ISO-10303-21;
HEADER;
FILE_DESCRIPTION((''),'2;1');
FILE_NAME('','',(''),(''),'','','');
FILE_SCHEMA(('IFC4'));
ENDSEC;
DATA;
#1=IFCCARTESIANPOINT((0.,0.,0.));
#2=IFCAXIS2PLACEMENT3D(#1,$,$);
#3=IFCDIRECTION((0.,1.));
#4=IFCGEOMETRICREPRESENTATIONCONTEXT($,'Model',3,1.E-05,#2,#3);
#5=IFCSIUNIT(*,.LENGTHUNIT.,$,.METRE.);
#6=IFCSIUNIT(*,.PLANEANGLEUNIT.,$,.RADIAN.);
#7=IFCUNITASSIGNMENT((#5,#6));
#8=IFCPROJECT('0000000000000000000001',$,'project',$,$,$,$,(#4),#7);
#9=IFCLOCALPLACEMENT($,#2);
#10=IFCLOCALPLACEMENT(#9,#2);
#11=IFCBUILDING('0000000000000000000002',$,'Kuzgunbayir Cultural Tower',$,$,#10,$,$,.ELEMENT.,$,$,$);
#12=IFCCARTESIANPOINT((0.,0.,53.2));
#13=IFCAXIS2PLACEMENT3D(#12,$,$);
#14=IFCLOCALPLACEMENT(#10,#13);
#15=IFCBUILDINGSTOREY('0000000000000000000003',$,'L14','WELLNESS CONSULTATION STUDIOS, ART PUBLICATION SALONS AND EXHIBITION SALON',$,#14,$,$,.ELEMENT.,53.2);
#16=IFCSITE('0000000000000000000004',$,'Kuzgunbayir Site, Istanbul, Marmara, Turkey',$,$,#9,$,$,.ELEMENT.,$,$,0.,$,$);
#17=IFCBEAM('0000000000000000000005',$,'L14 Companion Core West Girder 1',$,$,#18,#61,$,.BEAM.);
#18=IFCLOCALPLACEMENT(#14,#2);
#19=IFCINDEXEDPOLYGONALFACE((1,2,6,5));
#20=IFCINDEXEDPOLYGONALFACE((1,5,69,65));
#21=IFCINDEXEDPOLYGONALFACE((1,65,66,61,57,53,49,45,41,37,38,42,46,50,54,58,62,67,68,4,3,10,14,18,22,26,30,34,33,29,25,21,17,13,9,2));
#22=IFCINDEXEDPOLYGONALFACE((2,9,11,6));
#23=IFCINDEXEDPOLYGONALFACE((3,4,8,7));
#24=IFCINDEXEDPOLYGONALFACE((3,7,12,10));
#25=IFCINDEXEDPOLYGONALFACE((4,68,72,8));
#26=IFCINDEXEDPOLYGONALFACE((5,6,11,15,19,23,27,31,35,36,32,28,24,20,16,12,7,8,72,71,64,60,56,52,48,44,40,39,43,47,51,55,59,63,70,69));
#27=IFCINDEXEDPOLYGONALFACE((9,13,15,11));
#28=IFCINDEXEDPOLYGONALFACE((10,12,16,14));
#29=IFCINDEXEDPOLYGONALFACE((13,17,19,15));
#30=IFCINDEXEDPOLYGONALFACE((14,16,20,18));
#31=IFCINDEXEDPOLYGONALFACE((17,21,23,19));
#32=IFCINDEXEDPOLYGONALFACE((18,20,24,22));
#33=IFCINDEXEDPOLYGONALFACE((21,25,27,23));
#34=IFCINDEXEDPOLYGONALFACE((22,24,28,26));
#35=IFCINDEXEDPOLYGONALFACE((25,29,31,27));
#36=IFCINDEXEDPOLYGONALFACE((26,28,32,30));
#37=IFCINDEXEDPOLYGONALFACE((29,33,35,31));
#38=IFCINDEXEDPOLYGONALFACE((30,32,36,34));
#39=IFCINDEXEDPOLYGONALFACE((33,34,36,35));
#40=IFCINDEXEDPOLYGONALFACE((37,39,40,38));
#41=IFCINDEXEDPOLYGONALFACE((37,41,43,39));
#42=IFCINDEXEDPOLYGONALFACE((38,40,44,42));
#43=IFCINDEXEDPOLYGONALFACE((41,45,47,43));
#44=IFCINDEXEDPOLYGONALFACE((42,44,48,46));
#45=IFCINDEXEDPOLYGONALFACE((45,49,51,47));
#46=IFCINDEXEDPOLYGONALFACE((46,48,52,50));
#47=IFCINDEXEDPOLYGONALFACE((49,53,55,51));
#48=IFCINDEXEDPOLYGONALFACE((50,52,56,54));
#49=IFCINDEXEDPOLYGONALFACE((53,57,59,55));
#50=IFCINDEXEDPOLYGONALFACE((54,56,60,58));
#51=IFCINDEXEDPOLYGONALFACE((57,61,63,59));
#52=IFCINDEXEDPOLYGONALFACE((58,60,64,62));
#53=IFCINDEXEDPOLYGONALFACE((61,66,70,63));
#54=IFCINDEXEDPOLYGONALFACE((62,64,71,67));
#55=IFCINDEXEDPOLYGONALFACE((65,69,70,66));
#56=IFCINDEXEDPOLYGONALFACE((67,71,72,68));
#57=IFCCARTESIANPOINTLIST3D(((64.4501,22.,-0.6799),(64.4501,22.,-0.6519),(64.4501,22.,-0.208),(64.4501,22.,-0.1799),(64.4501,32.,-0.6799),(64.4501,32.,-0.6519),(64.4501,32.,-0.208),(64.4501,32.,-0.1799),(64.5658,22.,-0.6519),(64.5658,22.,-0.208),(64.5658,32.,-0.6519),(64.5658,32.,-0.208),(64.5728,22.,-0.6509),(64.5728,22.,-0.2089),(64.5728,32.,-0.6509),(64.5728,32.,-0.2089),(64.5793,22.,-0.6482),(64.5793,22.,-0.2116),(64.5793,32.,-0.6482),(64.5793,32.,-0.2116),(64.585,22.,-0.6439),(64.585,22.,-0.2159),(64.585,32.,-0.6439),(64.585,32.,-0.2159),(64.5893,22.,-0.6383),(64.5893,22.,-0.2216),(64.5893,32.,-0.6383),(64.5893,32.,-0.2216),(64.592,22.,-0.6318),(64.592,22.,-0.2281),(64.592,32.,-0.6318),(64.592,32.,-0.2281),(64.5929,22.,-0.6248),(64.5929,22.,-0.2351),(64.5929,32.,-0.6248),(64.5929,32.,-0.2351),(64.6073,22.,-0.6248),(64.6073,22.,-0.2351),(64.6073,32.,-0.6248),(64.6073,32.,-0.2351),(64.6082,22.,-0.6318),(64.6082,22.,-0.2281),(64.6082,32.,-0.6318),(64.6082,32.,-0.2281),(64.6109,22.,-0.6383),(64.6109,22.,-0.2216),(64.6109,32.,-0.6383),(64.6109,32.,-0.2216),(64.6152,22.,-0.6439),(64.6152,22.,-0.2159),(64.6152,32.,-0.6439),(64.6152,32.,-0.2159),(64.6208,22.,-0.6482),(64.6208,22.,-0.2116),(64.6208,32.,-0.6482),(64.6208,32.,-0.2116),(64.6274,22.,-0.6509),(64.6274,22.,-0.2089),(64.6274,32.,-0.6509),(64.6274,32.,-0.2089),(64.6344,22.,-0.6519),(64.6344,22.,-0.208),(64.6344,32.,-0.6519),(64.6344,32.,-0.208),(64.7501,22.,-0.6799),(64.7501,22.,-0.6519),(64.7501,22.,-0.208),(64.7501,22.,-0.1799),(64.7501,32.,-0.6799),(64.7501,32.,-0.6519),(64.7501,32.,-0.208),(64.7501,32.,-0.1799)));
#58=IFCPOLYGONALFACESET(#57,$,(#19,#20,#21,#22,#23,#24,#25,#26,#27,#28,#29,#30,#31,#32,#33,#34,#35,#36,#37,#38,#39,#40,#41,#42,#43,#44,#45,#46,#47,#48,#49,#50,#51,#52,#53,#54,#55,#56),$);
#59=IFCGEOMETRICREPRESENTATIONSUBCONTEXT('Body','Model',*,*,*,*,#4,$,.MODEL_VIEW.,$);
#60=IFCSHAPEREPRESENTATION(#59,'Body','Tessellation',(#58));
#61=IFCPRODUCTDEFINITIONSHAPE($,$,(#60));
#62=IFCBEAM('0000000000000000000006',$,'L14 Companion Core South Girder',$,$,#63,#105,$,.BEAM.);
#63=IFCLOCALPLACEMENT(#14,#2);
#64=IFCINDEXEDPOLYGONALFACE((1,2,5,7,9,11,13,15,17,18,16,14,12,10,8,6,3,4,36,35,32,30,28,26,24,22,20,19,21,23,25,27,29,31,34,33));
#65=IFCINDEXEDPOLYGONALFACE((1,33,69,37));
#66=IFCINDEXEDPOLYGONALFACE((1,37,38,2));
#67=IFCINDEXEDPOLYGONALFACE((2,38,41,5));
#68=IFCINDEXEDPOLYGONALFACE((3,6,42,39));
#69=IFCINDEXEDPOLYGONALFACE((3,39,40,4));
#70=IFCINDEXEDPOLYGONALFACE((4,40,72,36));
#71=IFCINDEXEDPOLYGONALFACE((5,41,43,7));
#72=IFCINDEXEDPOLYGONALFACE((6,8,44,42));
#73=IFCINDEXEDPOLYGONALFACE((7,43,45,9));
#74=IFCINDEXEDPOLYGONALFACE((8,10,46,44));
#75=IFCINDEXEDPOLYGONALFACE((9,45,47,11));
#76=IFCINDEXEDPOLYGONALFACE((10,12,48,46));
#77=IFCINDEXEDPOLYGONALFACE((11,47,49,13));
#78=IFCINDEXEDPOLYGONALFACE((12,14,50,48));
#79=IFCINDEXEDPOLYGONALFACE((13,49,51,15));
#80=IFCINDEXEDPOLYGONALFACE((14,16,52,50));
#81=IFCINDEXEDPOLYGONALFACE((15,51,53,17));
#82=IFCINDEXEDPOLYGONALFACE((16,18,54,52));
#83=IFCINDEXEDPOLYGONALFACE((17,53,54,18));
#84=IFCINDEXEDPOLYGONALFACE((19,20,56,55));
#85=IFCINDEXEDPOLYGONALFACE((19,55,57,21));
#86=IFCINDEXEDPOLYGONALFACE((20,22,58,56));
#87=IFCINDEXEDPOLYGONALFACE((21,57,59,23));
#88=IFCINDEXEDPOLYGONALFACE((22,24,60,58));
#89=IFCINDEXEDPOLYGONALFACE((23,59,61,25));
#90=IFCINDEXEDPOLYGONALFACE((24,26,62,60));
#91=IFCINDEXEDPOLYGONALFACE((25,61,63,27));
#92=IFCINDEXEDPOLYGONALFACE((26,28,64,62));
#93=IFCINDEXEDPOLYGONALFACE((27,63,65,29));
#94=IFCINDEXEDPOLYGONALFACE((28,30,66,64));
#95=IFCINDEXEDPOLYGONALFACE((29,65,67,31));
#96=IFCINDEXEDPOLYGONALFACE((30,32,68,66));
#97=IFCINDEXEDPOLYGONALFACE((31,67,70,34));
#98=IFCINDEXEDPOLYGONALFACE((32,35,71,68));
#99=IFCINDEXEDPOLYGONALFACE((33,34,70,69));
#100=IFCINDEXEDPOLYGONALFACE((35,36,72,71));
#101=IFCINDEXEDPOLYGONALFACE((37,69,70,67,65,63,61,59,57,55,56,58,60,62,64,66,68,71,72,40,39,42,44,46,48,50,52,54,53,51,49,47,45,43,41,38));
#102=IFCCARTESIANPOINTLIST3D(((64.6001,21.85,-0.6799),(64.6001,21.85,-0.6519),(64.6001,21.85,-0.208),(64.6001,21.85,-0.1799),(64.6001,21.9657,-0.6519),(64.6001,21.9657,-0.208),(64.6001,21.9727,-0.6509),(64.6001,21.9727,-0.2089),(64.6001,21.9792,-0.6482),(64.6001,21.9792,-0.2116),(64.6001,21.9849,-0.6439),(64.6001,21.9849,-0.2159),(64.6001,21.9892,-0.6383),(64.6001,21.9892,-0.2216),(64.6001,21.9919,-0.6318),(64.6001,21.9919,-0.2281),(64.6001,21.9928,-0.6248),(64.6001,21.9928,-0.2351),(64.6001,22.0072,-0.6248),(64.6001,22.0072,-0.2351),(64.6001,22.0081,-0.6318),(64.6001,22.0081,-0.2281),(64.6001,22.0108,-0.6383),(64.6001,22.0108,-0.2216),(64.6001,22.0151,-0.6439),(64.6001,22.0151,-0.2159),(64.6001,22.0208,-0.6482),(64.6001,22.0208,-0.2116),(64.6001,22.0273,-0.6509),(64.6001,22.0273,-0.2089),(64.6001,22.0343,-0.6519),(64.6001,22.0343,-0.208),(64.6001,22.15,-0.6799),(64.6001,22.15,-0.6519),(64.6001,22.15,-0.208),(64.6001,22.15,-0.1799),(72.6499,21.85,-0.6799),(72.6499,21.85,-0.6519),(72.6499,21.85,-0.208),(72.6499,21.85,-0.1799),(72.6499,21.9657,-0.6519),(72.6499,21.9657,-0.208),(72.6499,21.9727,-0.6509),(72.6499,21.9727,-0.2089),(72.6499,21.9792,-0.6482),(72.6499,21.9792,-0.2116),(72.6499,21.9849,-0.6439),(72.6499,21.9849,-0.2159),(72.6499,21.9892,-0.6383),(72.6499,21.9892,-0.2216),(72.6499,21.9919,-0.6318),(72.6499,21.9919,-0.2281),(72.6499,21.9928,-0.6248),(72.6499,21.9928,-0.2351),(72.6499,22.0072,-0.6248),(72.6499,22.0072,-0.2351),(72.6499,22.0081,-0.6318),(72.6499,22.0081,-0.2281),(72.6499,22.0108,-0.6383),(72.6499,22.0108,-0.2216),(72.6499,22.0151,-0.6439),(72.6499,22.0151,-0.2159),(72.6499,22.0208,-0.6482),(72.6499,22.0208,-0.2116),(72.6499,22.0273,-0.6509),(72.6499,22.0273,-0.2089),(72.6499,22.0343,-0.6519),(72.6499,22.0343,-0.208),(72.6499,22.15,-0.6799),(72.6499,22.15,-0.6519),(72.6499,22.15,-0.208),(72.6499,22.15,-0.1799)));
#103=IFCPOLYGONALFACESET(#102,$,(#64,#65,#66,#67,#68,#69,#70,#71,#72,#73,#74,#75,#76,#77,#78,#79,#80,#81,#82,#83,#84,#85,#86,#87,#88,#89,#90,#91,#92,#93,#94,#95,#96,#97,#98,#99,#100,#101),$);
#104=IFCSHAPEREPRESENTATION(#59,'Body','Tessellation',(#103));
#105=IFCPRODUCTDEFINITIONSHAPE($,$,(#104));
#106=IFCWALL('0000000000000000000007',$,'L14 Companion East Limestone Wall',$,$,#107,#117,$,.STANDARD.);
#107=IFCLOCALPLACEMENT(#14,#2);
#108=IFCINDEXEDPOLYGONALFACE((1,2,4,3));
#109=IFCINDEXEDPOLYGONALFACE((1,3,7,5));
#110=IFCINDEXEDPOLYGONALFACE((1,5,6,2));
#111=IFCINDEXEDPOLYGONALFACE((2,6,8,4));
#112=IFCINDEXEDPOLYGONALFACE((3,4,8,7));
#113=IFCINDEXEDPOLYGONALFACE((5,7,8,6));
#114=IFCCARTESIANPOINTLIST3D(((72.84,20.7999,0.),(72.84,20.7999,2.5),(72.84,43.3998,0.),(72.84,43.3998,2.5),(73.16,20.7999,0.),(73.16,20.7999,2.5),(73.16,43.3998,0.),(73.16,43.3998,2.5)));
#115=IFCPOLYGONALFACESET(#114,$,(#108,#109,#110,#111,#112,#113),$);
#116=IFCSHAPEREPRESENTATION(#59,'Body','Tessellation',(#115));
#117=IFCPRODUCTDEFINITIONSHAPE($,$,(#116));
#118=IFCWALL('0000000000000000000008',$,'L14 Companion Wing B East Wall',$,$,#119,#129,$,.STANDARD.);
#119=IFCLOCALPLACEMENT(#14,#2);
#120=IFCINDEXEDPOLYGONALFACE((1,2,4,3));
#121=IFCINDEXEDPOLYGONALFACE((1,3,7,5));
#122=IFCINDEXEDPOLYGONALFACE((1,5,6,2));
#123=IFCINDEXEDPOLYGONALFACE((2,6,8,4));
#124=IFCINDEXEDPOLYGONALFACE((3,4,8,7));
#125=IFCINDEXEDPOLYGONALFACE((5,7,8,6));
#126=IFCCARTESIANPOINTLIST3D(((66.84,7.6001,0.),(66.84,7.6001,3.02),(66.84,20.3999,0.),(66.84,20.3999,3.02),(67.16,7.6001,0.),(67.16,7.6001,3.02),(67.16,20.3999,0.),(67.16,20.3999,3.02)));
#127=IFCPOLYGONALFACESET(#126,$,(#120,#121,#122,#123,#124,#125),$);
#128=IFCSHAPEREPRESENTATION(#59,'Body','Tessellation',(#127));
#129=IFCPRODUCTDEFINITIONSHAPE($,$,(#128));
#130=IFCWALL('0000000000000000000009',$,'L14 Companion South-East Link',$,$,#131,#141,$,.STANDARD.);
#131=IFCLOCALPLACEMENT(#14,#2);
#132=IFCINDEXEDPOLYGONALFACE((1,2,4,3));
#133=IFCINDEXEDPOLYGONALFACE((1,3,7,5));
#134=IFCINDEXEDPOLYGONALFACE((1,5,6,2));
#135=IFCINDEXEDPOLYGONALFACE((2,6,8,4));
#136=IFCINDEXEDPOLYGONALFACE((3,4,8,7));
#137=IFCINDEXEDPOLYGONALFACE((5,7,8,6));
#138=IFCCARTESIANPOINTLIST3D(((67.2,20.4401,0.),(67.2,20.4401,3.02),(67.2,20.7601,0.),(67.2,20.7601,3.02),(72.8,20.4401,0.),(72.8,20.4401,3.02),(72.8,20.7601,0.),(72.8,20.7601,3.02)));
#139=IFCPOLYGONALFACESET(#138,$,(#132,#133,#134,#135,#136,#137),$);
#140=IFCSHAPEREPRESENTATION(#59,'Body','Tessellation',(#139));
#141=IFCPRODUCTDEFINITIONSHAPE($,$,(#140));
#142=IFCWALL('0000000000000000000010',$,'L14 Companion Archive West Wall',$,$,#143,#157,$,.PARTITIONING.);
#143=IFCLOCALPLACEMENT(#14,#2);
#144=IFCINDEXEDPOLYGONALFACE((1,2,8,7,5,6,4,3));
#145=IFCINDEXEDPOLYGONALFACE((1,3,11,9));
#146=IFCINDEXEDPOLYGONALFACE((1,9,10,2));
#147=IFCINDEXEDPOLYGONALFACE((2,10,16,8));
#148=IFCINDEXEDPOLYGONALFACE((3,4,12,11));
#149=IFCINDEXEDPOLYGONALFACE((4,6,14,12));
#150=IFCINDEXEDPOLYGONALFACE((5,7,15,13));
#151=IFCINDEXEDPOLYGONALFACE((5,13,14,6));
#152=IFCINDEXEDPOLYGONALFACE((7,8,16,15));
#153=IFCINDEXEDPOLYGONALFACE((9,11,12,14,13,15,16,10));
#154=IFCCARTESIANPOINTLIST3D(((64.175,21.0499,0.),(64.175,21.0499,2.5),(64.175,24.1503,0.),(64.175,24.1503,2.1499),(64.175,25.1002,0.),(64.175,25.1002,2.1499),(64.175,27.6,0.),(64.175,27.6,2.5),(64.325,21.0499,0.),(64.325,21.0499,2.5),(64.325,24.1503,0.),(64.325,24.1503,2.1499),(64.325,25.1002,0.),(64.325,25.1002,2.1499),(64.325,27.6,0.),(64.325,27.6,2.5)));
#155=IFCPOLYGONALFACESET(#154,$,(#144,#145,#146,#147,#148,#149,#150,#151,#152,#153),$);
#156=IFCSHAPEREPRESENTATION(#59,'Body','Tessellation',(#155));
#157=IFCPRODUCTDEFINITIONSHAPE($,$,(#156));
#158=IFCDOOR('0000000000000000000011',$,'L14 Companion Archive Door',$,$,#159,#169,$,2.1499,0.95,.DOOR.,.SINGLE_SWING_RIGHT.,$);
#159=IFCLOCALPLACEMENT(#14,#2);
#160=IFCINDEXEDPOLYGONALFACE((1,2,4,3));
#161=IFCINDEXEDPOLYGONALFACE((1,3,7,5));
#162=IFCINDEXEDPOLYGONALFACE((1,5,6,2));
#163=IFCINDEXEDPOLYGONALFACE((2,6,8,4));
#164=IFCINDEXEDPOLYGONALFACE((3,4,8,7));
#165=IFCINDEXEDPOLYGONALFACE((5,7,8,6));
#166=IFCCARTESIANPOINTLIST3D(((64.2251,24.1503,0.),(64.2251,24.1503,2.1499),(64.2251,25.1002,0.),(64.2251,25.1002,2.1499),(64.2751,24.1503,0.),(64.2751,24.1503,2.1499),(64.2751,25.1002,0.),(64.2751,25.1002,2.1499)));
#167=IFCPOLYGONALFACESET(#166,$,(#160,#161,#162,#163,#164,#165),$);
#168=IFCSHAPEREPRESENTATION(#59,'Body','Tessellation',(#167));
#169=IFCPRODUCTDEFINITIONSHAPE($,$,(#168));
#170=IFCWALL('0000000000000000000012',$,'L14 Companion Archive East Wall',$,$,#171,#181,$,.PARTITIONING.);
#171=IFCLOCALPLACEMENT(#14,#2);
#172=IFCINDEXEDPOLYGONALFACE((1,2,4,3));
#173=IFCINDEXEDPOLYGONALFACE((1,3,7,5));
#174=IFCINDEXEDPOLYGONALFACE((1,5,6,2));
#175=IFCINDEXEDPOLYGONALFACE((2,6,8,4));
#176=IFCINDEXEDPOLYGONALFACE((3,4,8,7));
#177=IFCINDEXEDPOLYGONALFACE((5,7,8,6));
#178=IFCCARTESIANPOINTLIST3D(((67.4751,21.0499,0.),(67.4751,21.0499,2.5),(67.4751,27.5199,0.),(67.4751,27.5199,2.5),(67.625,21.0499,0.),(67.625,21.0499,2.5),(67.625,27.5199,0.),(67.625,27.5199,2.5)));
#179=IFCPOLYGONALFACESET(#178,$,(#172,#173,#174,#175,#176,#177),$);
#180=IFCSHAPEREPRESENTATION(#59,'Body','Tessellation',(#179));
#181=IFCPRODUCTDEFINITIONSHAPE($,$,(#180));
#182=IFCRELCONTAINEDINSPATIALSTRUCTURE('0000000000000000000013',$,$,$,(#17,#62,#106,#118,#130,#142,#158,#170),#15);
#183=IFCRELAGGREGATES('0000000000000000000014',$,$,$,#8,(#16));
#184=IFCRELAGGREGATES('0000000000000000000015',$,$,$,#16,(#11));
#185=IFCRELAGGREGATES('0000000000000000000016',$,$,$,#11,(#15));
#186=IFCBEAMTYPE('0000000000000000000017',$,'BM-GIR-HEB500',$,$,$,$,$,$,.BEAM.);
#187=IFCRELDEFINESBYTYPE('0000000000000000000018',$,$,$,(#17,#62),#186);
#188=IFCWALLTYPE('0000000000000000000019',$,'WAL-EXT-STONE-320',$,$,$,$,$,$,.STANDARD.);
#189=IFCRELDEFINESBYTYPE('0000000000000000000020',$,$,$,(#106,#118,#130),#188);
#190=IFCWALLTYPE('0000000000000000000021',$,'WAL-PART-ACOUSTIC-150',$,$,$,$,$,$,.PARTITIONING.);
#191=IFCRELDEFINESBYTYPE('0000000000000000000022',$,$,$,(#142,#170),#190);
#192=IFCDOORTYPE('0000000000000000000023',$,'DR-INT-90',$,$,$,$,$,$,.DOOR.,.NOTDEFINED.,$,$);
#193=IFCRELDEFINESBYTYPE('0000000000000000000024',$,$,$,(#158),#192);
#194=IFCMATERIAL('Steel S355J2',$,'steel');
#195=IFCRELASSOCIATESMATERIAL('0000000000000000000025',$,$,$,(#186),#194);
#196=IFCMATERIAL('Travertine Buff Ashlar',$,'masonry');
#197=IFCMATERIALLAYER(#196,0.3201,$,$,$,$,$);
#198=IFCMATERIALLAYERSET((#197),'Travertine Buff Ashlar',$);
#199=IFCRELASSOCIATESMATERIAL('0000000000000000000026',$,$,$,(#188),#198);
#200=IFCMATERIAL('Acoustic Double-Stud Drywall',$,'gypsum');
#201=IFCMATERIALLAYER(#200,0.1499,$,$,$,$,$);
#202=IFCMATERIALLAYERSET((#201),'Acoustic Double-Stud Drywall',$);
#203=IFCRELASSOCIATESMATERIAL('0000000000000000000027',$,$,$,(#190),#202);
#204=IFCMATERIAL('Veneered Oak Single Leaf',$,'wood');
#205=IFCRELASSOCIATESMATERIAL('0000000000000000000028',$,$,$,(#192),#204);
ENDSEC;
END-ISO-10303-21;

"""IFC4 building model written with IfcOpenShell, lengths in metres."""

from ifc_helpers import new_model, si_unit, direction, frame, frame_2d, origin, origin_2d, place, context, subcontext, project, spatial, rectangle, i_section, extrude, material, layer, layer_set, material_profile, profile_set, type_object, element, fill, save


model = new_model("IFC4")

# Units and contexts
model_context = context("Model", 3, precision=1e-05, world=origin(), true_north=direction((0.0, 1.0)))
body_context = subcontext(model_context, "Body", "Model", "MODEL_VIEW")
ifc_project = project(units=[si_unit("LENGTHUNIT", "METRE"), si_unit("PLANEANGLEUNIT", "RADIAN")], contexts=[model_context])

# Site, building, storey
site_placement = place(None, origin())
site = spatial("IfcSite", under=ifc_project, at=site_placement, Name="Kuzgunbayir Site, Istanbul, Marmara, Turkey", CompositionType="ELEMENT", RefElevation=0.0)
building_placement = place(site_placement, origin())
building = spatial("IfcBuilding", under=site, at=building_placement, Name="Kuzgunbayir Cultural Tower", CompositionType="ELEMENT")
storey_placement = place(building_placement, frame((0.0, 0.0, 53.2)))
storey = spatial("IfcBuildingStorey", under=building, at=storey_placement, Name="L14", Description="WELLNESS CONSULTATION STUDIOS, ART PUBLICATION SALONS AND EXHIBITION SALON", CompositionType="ELEMENT", Elevation=53.2)

# Beams
ifc_material_1 = material(Name="Steel S355J2", Category="steel")
ifc_material_profile_1 = material_profile(ifc_material_1, i_section(OverallWidth=0.3, OverallDepth=0.5, WebThickness=0.0144, FlangeThickness=0.0281, FilletRadius=0.0271, at=origin_2d()), Name="HEB 500")
ifc_profile_set_1 = profile_set([ifc_material_profile_1], Name="Steel S355J2")
beam_type_1 = type_object("IfcBeamType", Name="BM-GIR-HEB500", PredefinedType="BEAM", material=ifc_profile_set_1)
beam_1_placement = place(storey_placement, frame((64.6001, 22.0, -0.4299), z_axis=(0.0, 1.0, 0.0), x_axis=(-1.0, 0.0, 0.0)))
element("IfcBeam", 1, at=beam_1_placement, inside=storey, type_object=beam_type_1, Name="L14 Companion Core West Girder 1", PredefinedType="BEAM", context=body_context, shape_type="SweptSolid", body=[
    extrude(i_section(OverallWidth=0.3, OverallDepth=0.5, WebThickness=0.0144, FlangeThickness=0.0281, FilletRadius=0.0271, at=origin_2d()), origin(), (0.0, 0.0, 1.0), 10.0),
])
beam_2_placement = place(storey_placement, frame((64.6001, 22.0, -0.4299), z_axis=(1.0, 0.0, 0.0), x_axis=(0.0, 1.0, 0.0)))
element("IfcBeam", 2, at=beam_2_placement, inside=storey, type_object=beam_type_1, Name="L14 Companion Core South Girder", PredefinedType="BEAM", context=body_context, shape_type="SweptSolid", body=[
    extrude(i_section(OverallWidth=0.3, OverallDepth=0.5, WebThickness=0.0144, FlangeThickness=0.0281, FilletRadius=0.0271, at=origin_2d()), origin(), (0.0, 0.0, 1.0), 8.0498),
])

# Walls
ifc_material_2 = material(Name="Travertine Buff Ashlar", Category="masonry")
ifc_layer_1 = layer(ifc_material_2, 0.3201)
ifc_layer_set_1 = layer_set([ifc_layer_1], Name="Travertine Buff Ashlar")
wall_type_1 = type_object("IfcWallType", Name="WAL-EXT-STONE-320", PredefinedType="STANDARD", material=ifc_layer_set_1)
wall_1_placement = place(storey_placement, frame((73.0, 20.8, 0.0), z_axis=(0.0, 0.0, 1.0), x_axis=(0.0, 1.0, 0.0)))
element("IfcWall", 3, at=wall_1_placement, inside=storey, type_object=wall_type_1, Name="L14 Companion East Limestone Wall", PredefinedType="STANDARD", context=body_context, shape_type="SweptSolid", body=[
    extrude(rectangle(XDim=22.5999, YDim=0.3201, at=frame_2d((11.2998, 0.0))), origin(), (0.0, 0.0, 1.0), 2.5),
])
wall_2_placement = place(storey_placement, frame((67.0, 7.6001, 0.0), z_axis=(0.0, 0.0, 1.0), x_axis=(0.0, 1.0, 0.0)))
element("IfcWall", 4, at=wall_2_placement, inside=storey, type_object=wall_type_1, Name="L14 Companion Wing B East Wall", PredefinedType="STANDARD", context=body_context, shape_type="SweptSolid", body=[
    extrude(rectangle(XDim=12.7998, YDim=0.3201, at=frame_2d((6.3999, 0.0))), origin(), (0.0, 0.0, 1.0), 3.02),
])
wall_3_placement = place(storey_placement, frame((67.2, 20.6001, 0.0), z_axis=(0.0, 0.0, 1.0), x_axis=(1.0, 0.0, 0.0)))
element("IfcWall", 5, at=wall_3_placement, inside=storey, type_object=wall_type_1, Name="L14 Companion South-East Link", PredefinedType="STANDARD", context=body_context, shape_type="SweptSolid", body=[
    extrude(rectangle(XDim=5.6001, YDim=0.3201, at=frame_2d((2.8, 0.0))), origin(), (0.0, 0.0, 1.0), 3.02),
])

# Wall, opening, door
ifc_material_3 = material(Name="Acoustic Double-Stud Drywall", Category="gypsum")
ifc_layer_2 = layer(ifc_material_3, 0.1499)
ifc_layer_set_2 = layer_set([ifc_layer_2], Name="Acoustic Double-Stud Drywall")
wall_type_2 = type_object("IfcWallType", Name="WAL-PART-ACOUSTIC-150", PredefinedType="PARTITIONING", material=ifc_layer_set_2)
wall_4_placement = place(storey_placement, frame((64.25, 21.05, 0.0), z_axis=(0.0, 0.0, 1.0), x_axis=(0.0, 1.0, 0.0)))
wall_4 = element("IfcWall", 6, at=wall_4_placement, inside=storey, type_object=wall_type_2, Name="L14 Companion Archive West Wall", PredefinedType="PARTITIONING", context=body_context, shape_type="SweptSolid", body=[
    extrude(rectangle(XDim=6.55, YDim=0.1499, at=frame_2d((3.2749, 0.0))), origin(), (0.0, 0.0, 1.0), 2.5),
])
opening_1_placement = place(wall_4_placement, frame((3.1001, 0.0, 0.0)))
opening_1 = element("IfcOpeningElement", 7, at=opening_1_placement, cuts=wall_4, PredefinedType="OPENING", context=body_context, shape_type="SweptSolid", body=[
    extrude(rectangle(XDim=0.95, YDim=2.1499, at=frame_2d((0.4751, 1.075))), frame((0.0, 0.085, 0.0), z_axis=(0.0, -1.0, 0.0), x_axis=(1.0, 0.0, 0.0)), (0.0, 0.0, 1.0), 0.1699),
])
ifc_material_4 = material(Name="Veneered Oak Single Leaf", Category="wood")
door_type_1 = type_object("IfcDoorType", Name="DR-INT-90", OperationType="NOTDEFINED", PredefinedType="DOOR", material=ifc_material_4)
door_1_placement = place(opening_1_placement, origin())
door_1 = element("IfcDoor", 8, at=door_1_placement, inside=storey, type_object=door_type_1, Name="L14 Companion Archive Door", OperationType="SINGLE_SWING_RIGHT", OverallHeight=2.1499, OverallWidth=0.95, PredefinedType="DOOR", context=body_context, shape_type="SweptSolid", body=[
    extrude(rectangle(XDim=0.95, YDim=2.1499, at=frame_2d((0.4751, 1.075))), frame((0.0, 0.0249, 0.0), z_axis=(0.0, -1.0, 0.0), x_axis=(1.0, 0.0, 0.0)), (0.0, 0.0, 1.0), 0.05),
])
fill(opening_1, door_1)

# Wall
wall_5_placement = place(storey_placement, frame((67.55, 21.05, 0.0), z_axis=(0.0, 0.0, 1.0), x_axis=(0.0, 1.0, 0.0)))
element("IfcWall", 9, at=wall_5_placement, inside=storey, type_object=wall_type_2, Name="L14 Companion Archive East Wall", PredefinedType="PARTITIONING", context=body_context, shape_type="SweptSolid", body=[
    extrude(rectangle(XDim=6.47, YDim=0.1499, at=frame_2d((3.2349, 0.0))), origin(), (0.0, 0.0, 1.0), 2.5),
])

save(model, "model.ifc")
